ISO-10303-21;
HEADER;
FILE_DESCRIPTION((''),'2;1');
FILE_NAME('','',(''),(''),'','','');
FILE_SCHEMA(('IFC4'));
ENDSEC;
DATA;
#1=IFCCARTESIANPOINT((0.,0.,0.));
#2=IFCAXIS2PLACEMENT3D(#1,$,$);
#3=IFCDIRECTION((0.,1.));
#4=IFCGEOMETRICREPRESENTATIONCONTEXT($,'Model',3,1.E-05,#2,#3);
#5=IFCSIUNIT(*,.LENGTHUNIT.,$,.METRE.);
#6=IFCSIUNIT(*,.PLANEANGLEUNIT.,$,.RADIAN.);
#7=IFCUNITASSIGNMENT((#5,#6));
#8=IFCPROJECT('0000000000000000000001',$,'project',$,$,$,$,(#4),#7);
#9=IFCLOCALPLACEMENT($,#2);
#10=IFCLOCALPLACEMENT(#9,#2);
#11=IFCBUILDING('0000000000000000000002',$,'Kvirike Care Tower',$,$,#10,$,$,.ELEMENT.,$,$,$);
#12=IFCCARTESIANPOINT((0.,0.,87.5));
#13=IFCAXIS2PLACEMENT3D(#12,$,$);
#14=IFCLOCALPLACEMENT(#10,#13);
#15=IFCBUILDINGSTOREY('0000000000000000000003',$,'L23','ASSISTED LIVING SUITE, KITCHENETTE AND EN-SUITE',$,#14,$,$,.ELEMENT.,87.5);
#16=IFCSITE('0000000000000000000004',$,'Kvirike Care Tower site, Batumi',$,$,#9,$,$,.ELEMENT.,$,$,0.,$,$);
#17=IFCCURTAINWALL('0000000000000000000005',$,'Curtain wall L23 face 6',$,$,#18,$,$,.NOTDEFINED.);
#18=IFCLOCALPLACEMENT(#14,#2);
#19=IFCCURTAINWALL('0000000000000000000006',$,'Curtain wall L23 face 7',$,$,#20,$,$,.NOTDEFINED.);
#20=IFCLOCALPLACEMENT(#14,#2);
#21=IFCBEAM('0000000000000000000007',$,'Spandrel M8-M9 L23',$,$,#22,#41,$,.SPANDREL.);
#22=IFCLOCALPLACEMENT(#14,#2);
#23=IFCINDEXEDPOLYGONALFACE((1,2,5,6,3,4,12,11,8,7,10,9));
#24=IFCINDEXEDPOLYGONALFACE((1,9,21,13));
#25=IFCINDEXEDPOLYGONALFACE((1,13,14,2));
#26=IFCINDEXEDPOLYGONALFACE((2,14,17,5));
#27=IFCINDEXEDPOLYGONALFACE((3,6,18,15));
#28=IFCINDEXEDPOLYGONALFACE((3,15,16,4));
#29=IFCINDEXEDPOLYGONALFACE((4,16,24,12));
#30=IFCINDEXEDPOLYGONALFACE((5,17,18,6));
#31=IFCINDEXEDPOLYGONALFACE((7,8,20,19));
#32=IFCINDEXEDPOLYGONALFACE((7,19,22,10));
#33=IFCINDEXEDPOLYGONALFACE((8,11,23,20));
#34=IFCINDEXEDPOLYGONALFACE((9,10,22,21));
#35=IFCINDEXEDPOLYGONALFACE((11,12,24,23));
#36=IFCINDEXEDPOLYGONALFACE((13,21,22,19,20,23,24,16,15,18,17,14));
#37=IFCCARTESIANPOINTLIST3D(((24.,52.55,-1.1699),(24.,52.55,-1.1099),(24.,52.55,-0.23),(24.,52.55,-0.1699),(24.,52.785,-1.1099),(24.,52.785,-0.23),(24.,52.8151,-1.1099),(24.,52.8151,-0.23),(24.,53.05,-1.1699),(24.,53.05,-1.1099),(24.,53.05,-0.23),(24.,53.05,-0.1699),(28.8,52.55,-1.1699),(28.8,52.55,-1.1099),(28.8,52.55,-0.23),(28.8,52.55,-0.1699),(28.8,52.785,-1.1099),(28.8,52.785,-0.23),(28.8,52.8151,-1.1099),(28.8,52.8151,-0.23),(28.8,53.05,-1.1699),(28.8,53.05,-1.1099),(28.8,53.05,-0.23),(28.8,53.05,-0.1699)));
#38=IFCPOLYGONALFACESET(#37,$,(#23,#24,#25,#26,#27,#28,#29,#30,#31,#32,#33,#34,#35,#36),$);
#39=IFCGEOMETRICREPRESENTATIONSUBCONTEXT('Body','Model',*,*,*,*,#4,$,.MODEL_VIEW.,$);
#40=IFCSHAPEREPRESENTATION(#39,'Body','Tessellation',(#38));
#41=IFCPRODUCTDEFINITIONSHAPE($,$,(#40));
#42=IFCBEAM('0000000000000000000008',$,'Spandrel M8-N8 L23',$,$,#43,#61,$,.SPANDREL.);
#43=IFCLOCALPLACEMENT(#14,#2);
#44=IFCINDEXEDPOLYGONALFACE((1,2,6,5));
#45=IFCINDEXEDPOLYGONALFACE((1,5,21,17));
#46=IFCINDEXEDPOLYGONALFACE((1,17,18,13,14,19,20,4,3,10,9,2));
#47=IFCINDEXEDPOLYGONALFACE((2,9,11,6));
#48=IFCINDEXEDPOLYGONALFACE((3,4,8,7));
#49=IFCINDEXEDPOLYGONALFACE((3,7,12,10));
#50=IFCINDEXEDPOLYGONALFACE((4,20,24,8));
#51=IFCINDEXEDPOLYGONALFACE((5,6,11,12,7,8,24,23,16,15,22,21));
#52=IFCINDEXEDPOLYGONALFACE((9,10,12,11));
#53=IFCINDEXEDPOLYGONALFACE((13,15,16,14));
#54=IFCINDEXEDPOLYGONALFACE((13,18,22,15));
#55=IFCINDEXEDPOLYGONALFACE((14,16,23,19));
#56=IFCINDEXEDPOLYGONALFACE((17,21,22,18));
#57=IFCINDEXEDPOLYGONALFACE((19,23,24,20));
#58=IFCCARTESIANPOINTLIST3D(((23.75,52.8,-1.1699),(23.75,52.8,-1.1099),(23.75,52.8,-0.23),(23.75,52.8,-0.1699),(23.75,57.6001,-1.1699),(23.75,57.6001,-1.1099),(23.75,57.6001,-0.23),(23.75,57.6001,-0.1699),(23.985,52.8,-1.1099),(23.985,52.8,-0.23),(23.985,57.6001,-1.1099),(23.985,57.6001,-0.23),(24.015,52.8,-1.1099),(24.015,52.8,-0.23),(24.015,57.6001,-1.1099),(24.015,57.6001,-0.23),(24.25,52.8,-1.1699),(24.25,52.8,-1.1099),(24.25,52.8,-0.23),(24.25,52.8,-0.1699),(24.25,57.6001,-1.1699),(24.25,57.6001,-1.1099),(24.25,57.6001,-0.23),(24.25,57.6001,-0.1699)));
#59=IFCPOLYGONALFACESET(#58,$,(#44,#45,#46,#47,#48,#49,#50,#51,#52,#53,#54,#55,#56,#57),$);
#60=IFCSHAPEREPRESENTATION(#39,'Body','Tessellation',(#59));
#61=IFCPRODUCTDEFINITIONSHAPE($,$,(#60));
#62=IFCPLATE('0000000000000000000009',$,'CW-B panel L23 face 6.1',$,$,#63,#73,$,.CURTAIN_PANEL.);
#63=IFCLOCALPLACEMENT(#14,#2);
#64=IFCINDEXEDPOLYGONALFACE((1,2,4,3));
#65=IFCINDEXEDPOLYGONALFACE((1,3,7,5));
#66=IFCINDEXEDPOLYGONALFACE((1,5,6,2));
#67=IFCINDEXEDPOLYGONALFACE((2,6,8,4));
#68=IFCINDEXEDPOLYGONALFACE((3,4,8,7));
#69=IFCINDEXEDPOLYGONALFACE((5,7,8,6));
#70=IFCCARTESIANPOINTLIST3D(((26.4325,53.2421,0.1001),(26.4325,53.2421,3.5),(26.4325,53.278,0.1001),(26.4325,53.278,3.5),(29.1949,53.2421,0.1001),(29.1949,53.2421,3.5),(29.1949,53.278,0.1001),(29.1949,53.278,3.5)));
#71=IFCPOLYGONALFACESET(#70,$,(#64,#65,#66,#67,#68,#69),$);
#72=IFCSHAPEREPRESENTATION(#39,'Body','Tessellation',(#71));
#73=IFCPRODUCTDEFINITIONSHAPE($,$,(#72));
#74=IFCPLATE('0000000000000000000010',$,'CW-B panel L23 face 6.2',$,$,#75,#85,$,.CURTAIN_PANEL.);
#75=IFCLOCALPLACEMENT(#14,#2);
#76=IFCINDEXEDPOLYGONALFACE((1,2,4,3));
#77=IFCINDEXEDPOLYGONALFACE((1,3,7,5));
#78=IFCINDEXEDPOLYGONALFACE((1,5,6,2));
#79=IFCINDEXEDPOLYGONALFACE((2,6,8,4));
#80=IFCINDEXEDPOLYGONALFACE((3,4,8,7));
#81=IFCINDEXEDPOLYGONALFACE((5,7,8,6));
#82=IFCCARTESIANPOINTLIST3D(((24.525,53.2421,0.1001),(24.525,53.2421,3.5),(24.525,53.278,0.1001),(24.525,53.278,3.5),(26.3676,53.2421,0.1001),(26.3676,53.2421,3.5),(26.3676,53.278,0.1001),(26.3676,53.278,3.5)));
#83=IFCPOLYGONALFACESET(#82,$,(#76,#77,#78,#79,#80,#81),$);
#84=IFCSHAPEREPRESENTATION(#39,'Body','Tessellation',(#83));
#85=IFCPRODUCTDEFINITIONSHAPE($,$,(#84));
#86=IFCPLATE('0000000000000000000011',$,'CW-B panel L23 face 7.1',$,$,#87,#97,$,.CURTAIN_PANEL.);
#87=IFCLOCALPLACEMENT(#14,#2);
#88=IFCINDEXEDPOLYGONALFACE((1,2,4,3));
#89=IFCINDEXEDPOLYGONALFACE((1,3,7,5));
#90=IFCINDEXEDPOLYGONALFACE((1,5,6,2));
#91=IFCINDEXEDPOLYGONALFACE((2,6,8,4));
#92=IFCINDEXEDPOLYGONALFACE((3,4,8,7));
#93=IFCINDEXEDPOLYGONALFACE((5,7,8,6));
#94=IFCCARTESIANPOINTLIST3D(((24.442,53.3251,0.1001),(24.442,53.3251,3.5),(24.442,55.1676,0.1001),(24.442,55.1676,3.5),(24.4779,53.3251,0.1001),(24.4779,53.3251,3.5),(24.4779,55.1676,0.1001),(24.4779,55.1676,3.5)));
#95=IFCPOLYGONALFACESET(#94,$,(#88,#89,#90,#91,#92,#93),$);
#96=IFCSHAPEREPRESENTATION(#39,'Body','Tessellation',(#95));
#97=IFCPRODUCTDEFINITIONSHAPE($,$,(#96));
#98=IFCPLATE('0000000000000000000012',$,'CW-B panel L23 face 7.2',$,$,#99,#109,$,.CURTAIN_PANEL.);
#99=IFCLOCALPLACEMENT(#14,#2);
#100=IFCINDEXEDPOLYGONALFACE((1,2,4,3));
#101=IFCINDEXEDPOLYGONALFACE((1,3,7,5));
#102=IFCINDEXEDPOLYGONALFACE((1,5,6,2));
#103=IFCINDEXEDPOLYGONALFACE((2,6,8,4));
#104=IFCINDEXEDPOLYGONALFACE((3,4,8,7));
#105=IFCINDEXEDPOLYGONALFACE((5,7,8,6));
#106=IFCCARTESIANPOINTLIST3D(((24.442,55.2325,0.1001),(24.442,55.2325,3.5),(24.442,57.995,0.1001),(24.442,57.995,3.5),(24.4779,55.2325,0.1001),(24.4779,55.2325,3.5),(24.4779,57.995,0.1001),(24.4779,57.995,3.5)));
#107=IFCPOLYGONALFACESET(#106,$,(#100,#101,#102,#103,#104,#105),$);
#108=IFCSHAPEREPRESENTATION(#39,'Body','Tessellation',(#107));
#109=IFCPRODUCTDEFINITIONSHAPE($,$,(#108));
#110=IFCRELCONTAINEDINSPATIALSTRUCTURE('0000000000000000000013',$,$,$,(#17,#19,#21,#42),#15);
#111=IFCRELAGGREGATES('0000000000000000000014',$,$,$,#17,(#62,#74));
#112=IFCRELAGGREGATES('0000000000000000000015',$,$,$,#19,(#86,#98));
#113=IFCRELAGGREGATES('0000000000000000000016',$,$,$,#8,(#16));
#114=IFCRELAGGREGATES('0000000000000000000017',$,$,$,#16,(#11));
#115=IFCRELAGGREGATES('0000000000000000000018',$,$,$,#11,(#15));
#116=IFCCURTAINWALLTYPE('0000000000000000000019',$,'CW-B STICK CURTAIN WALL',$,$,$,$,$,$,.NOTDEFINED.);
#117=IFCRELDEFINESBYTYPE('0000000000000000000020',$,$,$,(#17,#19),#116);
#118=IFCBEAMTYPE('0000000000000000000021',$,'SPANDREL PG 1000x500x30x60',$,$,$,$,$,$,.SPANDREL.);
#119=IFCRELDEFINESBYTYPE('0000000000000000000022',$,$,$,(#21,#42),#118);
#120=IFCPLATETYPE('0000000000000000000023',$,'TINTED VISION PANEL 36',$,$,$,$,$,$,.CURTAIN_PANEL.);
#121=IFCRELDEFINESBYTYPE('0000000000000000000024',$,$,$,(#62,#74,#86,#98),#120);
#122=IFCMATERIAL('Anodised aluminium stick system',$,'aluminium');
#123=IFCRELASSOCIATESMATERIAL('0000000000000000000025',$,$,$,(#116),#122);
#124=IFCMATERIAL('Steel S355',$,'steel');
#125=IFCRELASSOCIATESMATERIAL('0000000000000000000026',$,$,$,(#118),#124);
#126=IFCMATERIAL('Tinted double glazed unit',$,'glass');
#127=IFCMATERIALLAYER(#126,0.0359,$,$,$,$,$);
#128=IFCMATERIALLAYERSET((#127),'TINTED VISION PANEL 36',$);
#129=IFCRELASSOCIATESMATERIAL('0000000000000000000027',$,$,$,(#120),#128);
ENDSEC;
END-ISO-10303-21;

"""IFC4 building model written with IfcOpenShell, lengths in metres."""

from ifc_helpers import new_model, si_unit, direction, frame, origin, origin_2d, place, context, subcontext, project, spatial, rectangle, i_section, extrude, material, layer, layer_set, material_profile, profile_set, type_object, element, aggregate, save


model = new_model("IFC4")

# Units and contexts
model_context = context("Model", 3, precision=1e-05, world=origin(), true_north=direction((0.0, 1.0)))
body_context = subcontext(model_context, "Body", "Model", "MODEL_VIEW")
ifc_project = project(units=[si_unit("LENGTHUNIT", "METRE"), si_unit("PLANEANGLEUNIT", "RADIAN")], contexts=[model_context])

# Site, building, storey
site_placement = place(None, origin())
site = spatial("IfcSite", under=ifc_project, at=site_placement, Name="Kvirike Care Tower site, Batumi", CompositionType="ELEMENT", RefElevation=0.0)
building_placement = place(site_placement, origin())
building = spatial("IfcBuilding", under=site, at=building_placement, Name="Kvirike Care Tower", CompositionType="ELEMENT")
storey_placement = place(building_placement, frame((0.0, 0.0, 87.5)))
storey = spatial("IfcBuildingStorey", under=building, at=storey_placement, Name="L23", Description="ASSISTED LIVING SUITE, KITCHENETTE AND EN-SUITE", CompositionType="ELEMENT", Elevation=87.5)

# Curtain walls
ifc_material_1 = material(Name="Anodised aluminium stick system", Category="aluminium")
curtain_wall_type = type_object("IfcCurtainWallType", Name="CW-B STICK CURTAIN WALL", PredefinedType="NOTDEFINED", material=ifc_material_1)
curtain_wall_1_placement = place(storey_placement, origin())
curtain_wall_1 = element("IfcCurtainWall", 1, at=curtain_wall_1_placement, inside=storey, type_object=curtain_wall_type, Name="Curtain wall L23 face 6", PredefinedType="NOTDEFINED")
curtain_wall_2_placement = place(storey_placement, origin())
curtain_wall_2 = element("IfcCurtainWall", 2, at=curtain_wall_2_placement, inside=storey, type_object=curtain_wall_type, Name="Curtain wall L23 face 7", PredefinedType="NOTDEFINED")

# Beams
ifc_material_2 = material(Name="Steel S355", Category="steel")
ifc_material_profile_1 = material_profile(ifc_material_2, i_section(OverallWidth=0.5, OverallDepth=1.0, WebThickness=0.03, FlangeThickness=0.0601, at=origin_2d()), Name="PG 1000x500x30x60")
ifc_profile_set_1 = profile_set([ifc_material_profile_1], Name="Steel S355")
beam_type = type_object("IfcBeamType", Name="SPANDREL PG 1000x500x30x60", PredefinedType="SPANDREL", material=ifc_profile_set_1)
for number, where, z_axis, x_axis, name in (
    (3, (24.0, 52.8, -0.6699), (1.0, 0.0, 0.0), (0.0, 1.0, 0.0), "Spandrel M8-M9 L23"),
    (4, (24.0, 52.8, -0.6699), (0.0, 1.0, 0.0), (-1.0, 0.0, 0.0), "Spandrel M8-N8 L23"),
):
    element("IfcBeam", number, at=place(storey_placement, frame(where, z_axis=z_axis, x_axis=x_axis)), inside=storey, type_object=beam_type, Name=name, PredefinedType="SPANDREL", context=body_context, shape_type="SweptSolid", body=[
        extrude(i_section(OverallWidth=0.5, OverallDepth=1.0, WebThickness=0.03, FlangeThickness=0.0601, at=origin_2d()), origin(), (0.0, 0.0, 1.0), 4.8),
    ])

# Plates
ifc_material_3 = material(Name="Tinted double glazed unit", Category="glass")
ifc_layer = layer(ifc_material_3, 0.0359)
ifc_layer_set = layer_set([ifc_layer], Name="TINTED VISION PANEL 36")
plate_type = type_object("IfcPlateType", Name="TINTED VISION PANEL 36", PredefinedType="CURTAIN_PANEL", material=ifc_layer_set)
plate_1_placement = place(storey_placement, frame((27.8137, 53.26, 0.1001), z_axis=(0.0, 0.0, 1.0), x_axis=(-1.0, 0.0, 0.0)))
plate_1 = element("IfcPlate", 5, at=plate_1_placement, type_object=plate_type, Name="CW-B panel L23 face 6.1", PredefinedType="CURTAIN_PANEL", context=body_context, shape_type="SweptSolid", body=[
    extrude(rectangle(XDim=2.7625, YDim=0.0359, at=origin_2d()), origin(), (0.0, 0.0, 1.0), 3.3999),
])
plate_2_placement = place(storey_placement, frame((25.4463, 53.26, 0.1001), z_axis=(0.0, 0.0, 1.0), x_axis=(-1.0, 0.0, 0.0)))
plate_2 = element("IfcPlate", 6, at=plate_2_placement, type_object=plate_type, Name="CW-B panel L23 face 6.2", PredefinedType="CURTAIN_PANEL", context=body_context, shape_type="SweptSolid", body=[
    extrude(rectangle(XDim=1.8425, YDim=0.0359, at=origin_2d()), origin(), (0.0, 0.0, 1.0), 3.3999),
])
aggregate(curtain_wall_1, [plate_1, plate_2])
plate_3_placement = place(storey_placement, frame((24.46, 54.2463, 0.1001), z_axis=(0.0, 0.0, 1.0), x_axis=(0.0, 1.0, 0.0)))
plate_3 = element("IfcPlate", 7, at=plate_3_placement, type_object=plate_type, Name="CW-B panel L23 face 7.1", PredefinedType="CURTAIN_PANEL", context=body_context, shape_type="SweptSolid", body=[
    extrude(rectangle(XDim=1.8425, YDim=0.0359, at=origin_2d()), origin(), (0.0, 0.0, 1.0), 3.3999),
])
plate_4_placement = place(storey_placement, frame((24.46, 56.6138, 0.1001), z_axis=(0.0, 0.0, 1.0), x_axis=(0.0, 1.0, 0.0)))
plate_4 = element("IfcPlate", 8, at=plate_4_placement, type_object=plate_type, Name="CW-B panel L23 face 7.2", PredefinedType="CURTAIN_PANEL", context=body_context, shape_type="SweptSolid", body=[
    extrude(rectangle(XDim=2.7625, YDim=0.0359, at=origin_2d()), origin(), (0.0, 0.0, 1.0), 3.3999),
])
aggregate(curtain_wall_2, [plate_3, plate_4])

save(model, "model.ifc")
